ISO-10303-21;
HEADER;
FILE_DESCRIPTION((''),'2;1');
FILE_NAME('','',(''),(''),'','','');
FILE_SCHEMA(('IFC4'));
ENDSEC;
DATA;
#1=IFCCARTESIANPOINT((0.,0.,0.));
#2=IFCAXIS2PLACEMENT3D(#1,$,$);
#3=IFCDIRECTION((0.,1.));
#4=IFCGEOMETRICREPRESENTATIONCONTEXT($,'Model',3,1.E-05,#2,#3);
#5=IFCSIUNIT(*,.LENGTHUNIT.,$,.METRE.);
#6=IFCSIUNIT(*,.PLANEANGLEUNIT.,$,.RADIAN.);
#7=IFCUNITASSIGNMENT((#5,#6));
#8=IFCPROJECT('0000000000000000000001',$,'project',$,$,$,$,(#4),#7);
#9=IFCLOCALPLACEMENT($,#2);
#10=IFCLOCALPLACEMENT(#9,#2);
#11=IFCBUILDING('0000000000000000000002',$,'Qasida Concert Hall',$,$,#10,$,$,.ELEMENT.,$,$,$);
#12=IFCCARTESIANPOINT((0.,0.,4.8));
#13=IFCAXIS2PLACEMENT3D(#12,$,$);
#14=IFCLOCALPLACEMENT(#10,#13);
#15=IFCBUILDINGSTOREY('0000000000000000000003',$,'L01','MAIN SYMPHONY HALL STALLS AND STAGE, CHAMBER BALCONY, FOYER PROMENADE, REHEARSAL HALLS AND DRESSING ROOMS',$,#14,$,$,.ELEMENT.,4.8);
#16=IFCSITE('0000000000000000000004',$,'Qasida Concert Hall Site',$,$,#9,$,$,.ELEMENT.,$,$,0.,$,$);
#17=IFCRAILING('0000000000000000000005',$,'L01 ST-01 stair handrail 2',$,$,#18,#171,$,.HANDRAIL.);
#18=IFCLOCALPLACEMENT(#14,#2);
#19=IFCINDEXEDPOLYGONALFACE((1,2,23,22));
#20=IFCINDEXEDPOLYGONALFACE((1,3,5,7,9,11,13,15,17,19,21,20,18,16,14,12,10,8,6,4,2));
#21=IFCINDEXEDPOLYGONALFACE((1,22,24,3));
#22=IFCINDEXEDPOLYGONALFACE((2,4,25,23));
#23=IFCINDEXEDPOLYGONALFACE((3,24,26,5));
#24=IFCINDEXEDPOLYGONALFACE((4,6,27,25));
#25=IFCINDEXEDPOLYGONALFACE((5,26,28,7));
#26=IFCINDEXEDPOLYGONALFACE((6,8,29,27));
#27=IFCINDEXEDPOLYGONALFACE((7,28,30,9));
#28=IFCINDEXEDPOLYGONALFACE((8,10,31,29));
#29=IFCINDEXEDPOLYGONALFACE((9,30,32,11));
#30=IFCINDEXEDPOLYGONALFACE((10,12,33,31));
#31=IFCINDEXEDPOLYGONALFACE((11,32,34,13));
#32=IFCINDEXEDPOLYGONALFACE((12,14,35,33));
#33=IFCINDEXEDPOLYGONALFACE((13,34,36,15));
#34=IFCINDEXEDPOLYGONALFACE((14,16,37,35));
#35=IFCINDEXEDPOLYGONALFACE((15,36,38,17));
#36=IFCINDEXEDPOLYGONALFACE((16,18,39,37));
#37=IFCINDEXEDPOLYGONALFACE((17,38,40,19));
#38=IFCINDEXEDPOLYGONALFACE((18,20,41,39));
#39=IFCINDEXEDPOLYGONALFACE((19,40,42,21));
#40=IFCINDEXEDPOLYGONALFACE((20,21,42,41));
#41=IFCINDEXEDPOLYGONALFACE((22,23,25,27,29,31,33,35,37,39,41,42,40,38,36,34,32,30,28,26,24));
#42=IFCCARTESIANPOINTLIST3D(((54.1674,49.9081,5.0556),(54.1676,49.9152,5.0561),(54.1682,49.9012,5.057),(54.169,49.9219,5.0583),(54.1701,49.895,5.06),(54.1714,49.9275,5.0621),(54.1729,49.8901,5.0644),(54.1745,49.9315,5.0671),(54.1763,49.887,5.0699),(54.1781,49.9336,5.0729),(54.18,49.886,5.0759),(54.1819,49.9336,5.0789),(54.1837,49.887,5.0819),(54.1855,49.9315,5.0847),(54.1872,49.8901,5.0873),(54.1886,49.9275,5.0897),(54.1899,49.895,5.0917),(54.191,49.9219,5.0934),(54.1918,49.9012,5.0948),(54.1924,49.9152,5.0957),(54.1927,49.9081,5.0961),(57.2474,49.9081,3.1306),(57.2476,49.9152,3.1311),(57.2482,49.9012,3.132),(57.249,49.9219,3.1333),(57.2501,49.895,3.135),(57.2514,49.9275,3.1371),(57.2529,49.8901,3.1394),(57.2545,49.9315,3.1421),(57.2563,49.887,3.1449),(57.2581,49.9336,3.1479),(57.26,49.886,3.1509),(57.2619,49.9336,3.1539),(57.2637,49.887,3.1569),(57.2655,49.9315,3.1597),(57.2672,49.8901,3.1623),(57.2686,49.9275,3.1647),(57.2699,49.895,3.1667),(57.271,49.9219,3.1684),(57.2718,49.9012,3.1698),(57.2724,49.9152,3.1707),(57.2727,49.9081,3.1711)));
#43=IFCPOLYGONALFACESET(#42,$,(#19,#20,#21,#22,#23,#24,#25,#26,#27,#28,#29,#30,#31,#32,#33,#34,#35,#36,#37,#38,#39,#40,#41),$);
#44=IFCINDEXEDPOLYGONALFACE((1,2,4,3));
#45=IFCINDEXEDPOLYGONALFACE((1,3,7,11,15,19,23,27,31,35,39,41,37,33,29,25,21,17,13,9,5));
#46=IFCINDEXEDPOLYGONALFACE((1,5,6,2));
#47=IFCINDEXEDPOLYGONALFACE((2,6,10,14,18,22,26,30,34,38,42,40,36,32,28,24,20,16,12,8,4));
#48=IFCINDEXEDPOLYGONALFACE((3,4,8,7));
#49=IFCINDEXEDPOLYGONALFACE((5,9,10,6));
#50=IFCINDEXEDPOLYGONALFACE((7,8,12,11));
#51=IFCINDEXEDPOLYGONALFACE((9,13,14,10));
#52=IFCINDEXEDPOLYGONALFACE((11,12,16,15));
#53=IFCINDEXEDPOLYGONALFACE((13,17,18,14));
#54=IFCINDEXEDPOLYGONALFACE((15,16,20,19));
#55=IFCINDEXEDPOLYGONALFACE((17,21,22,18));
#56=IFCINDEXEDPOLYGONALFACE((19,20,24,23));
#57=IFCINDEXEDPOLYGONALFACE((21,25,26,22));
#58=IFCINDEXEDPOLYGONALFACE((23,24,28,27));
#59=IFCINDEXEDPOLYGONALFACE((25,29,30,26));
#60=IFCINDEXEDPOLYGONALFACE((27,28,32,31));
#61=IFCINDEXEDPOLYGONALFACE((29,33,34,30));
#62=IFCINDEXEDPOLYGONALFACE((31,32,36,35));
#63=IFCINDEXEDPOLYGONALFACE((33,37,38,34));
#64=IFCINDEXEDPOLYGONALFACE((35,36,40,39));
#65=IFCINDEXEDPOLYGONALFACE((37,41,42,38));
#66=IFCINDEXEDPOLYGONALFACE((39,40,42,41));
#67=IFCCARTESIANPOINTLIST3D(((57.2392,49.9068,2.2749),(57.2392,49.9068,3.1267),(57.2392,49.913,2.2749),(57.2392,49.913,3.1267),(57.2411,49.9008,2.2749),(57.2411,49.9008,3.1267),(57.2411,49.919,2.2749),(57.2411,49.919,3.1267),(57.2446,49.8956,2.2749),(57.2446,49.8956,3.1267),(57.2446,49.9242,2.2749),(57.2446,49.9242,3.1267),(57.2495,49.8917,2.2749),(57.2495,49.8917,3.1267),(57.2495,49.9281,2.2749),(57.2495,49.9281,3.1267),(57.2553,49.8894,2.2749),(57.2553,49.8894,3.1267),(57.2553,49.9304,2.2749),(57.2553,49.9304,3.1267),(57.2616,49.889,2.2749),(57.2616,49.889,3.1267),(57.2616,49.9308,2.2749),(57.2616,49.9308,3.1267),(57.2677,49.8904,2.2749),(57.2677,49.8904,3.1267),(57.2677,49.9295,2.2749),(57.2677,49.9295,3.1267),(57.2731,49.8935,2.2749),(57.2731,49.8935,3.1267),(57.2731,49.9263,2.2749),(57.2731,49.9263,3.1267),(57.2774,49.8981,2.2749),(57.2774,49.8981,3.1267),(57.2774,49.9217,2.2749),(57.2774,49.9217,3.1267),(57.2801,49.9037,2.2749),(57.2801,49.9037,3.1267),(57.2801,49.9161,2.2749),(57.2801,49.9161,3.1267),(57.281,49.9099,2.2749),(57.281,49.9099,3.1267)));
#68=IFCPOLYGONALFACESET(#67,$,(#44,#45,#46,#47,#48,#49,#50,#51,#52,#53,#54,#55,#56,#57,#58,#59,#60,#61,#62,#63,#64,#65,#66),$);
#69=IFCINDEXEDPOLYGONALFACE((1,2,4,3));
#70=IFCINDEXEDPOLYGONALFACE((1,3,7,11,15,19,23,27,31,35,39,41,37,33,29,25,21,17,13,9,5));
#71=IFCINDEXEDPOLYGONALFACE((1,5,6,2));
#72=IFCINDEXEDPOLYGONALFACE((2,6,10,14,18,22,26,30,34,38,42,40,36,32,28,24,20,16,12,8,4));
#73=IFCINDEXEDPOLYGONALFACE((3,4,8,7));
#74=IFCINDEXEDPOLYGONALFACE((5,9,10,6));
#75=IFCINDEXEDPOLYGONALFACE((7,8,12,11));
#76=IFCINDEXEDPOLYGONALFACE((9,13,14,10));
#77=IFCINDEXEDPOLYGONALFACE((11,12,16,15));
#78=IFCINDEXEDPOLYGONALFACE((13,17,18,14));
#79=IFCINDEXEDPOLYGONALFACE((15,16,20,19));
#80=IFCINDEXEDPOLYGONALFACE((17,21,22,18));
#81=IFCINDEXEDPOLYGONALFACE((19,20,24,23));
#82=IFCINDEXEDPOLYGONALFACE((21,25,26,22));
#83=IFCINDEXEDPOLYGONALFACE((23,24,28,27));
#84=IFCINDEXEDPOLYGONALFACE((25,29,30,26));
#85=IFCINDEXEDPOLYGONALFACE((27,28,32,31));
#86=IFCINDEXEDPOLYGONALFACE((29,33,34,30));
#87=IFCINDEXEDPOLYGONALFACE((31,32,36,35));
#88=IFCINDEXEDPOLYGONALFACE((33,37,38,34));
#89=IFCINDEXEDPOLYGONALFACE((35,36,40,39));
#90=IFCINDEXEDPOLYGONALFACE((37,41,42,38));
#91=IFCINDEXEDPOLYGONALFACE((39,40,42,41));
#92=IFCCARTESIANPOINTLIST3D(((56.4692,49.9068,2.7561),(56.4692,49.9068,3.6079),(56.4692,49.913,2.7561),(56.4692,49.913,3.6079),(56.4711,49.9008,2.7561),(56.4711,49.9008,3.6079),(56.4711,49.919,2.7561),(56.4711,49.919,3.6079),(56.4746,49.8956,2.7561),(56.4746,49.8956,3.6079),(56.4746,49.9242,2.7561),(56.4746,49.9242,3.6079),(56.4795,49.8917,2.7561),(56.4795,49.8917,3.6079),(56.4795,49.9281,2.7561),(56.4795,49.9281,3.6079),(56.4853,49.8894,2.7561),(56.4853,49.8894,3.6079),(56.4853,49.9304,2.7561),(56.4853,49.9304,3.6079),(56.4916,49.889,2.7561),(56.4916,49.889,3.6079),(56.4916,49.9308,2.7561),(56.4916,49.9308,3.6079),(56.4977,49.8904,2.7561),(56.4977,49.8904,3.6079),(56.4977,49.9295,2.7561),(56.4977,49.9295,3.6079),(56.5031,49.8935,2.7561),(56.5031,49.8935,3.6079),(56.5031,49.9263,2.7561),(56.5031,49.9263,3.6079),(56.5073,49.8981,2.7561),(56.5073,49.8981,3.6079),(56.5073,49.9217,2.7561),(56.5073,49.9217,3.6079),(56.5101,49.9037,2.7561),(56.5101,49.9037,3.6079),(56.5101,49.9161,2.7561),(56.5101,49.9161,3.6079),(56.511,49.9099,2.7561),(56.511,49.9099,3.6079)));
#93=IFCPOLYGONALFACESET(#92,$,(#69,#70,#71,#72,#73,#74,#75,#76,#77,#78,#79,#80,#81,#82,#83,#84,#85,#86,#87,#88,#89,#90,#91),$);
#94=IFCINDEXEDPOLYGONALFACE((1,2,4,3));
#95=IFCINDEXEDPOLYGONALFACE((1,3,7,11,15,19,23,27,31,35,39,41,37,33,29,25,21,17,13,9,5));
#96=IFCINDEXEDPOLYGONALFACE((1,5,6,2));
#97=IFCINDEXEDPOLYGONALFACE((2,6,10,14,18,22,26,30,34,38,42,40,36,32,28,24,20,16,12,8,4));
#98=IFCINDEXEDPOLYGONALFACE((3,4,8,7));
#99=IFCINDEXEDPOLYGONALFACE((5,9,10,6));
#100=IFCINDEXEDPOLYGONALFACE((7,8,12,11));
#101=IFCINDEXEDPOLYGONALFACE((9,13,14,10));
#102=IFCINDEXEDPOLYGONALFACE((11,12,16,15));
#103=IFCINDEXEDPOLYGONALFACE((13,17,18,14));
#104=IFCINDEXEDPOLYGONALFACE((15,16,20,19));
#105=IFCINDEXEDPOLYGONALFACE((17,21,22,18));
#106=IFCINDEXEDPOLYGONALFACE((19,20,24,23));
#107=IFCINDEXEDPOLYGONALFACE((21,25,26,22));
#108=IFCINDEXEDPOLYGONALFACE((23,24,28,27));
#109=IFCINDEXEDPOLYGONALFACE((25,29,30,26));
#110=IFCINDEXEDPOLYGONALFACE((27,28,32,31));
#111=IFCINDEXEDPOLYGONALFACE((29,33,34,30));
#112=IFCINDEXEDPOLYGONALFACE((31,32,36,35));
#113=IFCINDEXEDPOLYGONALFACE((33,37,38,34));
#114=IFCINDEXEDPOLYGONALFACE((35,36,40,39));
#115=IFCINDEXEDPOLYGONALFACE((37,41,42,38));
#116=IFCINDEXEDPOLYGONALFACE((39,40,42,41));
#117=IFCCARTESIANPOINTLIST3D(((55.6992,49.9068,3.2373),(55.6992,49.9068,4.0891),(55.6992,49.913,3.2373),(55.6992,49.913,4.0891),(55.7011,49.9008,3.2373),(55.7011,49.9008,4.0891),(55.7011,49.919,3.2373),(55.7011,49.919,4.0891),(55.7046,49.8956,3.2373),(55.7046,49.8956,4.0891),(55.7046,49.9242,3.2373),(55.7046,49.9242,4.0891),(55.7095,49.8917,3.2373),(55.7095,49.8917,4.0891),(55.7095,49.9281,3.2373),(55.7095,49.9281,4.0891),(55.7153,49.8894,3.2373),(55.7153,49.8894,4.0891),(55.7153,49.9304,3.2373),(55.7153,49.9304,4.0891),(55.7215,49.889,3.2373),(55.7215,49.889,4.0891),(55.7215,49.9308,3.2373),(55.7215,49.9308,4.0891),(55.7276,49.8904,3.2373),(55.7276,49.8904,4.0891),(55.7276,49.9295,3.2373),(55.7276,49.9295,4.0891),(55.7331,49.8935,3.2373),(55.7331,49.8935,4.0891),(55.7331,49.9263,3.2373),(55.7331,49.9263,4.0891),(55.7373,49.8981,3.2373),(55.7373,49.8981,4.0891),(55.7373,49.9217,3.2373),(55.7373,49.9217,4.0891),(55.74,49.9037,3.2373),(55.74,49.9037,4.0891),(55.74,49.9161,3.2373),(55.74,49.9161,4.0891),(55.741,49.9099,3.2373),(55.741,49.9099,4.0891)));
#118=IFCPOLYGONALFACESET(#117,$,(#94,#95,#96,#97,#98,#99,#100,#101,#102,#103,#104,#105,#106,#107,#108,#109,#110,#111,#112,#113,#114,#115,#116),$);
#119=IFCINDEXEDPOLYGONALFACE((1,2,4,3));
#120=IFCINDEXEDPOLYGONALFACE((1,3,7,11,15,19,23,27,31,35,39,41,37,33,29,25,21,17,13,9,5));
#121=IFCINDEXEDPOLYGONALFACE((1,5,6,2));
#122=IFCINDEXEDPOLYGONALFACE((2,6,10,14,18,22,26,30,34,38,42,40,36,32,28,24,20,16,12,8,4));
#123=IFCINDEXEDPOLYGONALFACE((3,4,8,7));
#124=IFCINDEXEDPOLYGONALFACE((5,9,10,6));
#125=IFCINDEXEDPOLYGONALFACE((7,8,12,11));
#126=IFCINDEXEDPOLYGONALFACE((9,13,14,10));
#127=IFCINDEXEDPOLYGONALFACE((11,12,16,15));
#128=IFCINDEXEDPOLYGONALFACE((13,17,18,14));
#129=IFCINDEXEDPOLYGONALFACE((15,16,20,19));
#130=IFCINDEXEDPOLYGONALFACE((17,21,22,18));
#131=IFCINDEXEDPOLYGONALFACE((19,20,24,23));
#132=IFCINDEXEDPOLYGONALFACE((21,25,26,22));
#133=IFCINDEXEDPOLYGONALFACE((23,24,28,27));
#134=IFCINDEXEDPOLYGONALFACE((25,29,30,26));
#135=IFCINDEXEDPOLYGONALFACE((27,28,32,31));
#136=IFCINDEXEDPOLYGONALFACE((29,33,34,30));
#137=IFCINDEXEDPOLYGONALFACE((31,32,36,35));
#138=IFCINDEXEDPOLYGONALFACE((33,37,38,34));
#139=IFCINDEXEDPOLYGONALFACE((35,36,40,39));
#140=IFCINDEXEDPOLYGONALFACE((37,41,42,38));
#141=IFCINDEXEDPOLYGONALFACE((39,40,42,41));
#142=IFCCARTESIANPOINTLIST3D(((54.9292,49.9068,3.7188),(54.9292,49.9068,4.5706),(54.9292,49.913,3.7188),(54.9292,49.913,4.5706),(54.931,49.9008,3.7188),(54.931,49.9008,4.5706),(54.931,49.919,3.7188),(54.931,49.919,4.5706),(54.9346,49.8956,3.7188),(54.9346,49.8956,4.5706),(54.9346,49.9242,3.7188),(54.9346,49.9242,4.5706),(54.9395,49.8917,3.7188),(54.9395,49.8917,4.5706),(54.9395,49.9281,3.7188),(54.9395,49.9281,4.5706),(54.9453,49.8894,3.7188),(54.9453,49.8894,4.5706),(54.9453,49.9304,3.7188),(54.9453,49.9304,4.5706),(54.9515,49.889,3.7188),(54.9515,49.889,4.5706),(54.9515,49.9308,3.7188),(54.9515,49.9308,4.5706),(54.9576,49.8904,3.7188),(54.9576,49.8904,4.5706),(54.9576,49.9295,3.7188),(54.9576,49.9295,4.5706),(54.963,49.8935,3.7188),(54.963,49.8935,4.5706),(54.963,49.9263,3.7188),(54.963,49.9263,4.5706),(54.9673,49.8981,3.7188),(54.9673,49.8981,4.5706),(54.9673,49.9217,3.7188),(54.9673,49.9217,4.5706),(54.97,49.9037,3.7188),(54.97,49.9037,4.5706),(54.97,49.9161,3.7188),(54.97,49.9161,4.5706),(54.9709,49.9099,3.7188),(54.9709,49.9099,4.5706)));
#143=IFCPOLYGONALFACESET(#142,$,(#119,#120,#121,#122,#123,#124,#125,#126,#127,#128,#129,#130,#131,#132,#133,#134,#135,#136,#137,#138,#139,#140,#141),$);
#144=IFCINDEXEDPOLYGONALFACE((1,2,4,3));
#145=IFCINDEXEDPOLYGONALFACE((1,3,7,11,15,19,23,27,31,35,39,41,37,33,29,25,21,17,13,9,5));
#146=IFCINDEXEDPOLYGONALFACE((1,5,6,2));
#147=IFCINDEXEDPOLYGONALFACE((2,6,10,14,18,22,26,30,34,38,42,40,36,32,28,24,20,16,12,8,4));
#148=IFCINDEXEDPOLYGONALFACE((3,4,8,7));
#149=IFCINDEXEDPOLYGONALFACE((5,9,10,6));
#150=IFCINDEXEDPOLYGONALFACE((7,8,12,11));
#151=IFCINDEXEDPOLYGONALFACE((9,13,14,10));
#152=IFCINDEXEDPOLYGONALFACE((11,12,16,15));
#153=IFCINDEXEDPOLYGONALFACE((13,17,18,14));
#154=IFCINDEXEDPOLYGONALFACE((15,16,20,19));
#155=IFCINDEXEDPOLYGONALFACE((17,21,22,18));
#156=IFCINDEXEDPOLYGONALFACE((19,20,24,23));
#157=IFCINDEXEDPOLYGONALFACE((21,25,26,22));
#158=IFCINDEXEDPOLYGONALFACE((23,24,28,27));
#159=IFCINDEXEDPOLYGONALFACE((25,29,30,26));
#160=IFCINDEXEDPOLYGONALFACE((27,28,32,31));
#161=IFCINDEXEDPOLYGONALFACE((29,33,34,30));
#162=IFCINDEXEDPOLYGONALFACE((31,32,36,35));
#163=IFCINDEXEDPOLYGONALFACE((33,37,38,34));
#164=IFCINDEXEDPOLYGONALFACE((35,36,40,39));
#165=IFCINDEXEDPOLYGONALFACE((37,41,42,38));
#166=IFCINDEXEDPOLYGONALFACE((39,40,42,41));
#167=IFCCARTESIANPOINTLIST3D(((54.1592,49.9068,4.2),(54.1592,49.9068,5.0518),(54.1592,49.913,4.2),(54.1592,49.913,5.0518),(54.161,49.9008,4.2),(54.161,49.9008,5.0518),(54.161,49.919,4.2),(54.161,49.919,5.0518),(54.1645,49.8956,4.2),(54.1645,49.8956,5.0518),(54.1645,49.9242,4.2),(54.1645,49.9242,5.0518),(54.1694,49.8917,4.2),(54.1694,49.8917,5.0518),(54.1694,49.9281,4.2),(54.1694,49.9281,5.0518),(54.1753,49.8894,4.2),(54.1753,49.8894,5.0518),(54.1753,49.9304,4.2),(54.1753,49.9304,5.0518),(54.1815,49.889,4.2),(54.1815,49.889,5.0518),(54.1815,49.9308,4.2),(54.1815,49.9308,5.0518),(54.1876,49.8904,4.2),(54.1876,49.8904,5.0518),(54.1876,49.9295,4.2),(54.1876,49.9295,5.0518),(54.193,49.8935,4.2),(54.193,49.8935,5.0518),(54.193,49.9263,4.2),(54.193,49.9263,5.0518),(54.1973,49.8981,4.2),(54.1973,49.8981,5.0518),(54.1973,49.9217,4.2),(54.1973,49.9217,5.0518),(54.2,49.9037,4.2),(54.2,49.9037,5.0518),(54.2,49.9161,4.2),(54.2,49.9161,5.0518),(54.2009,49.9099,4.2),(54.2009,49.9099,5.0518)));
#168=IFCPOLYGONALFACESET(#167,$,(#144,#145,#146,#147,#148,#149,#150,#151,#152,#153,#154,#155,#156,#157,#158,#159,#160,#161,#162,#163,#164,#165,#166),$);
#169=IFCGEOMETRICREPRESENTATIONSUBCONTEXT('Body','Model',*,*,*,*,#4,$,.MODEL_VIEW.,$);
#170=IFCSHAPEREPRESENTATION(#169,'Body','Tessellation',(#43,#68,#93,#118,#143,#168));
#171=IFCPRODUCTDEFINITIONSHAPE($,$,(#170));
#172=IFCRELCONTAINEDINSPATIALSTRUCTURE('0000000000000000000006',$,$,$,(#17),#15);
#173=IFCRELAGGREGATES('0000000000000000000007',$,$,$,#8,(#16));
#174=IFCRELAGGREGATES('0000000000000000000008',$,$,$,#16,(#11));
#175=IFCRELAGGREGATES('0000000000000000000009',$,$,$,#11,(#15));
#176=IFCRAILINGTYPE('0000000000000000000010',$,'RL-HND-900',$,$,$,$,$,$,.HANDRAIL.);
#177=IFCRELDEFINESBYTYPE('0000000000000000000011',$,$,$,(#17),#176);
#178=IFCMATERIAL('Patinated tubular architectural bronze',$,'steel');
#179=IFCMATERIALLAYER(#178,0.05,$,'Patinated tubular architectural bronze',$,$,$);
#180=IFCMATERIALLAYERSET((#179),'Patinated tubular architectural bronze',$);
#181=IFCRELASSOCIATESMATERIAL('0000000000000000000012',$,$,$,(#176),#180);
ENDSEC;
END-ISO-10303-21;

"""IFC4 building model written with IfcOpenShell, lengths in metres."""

from ifc_helpers import new_model, si_unit, direction, frame, origin, origin_2d, place, context, subcontext, project, spatial, circle, extrude, material, layer, layer_set, type_object, element, save


model = new_model("IFC4")

# Units and contexts
model_context = context("Model", 3, precision=1e-05, world=origin(), true_north=direction((0.0, 1.0)))
body_context = subcontext(model_context, "Body", "Model", "MODEL_VIEW")
ifc_project = project(units=[si_unit("LENGTHUNIT", "METRE"), si_unit("PLANEANGLEUNIT", "RADIAN")], contexts=[model_context])

# Site, building, storey
site_placement = place(None, origin())
site = spatial("IfcSite", under=ifc_project, at=site_placement, Name="Qasida Concert Hall Site", CompositionType="ELEMENT", RefElevation=0.0)
building_placement = place(site_placement, origin())
building = spatial("IfcBuilding", under=site, at=building_placement, Name="Qasida Concert Hall", CompositionType="ELEMENT")
storey_placement = place(building_placement, frame((0.0, 0.0, 4.8)))
storey = spatial("IfcBuildingStorey", under=building, at=storey_placement, Name="L01", Description="MAIN SYMPHONY HALL STALLS AND STAGE, CHAMBER BALCONY, FOYER PROMENADE, REHEARSAL HALLS AND DRESSING ROOMS", CompositionType="ELEMENT", Elevation=4.8)

# Railing
ifc_material_1 = material(Name="Patinated tubular architectural bronze", Category="steel")
ifc_layer_1 = layer(ifc_material_1, 0.05, Name="Patinated tubular architectural bronze")
ifc_layer_set_1 = layer_set([ifc_layer_1], Name="Patinated tubular architectural bronze")
railing_type_1 = type_object("IfcRailingType", Name="RL-HND-900", PredefinedType="HANDRAIL", material=ifc_layer_set_1)
for number, where, name in (
    (1, (57.26, 49.9099, 2.2749), "L01 ST-01 stair handrail 2"),
):
    element("IfcRailing", number, at=place(storey_placement, frame(where)), inside=storey, type_object=railing_type_1, Name=name, PredefinedType="HANDRAIL", context=body_context, shape_type="SweptSolid", body=[
        extrude(circle(Radius=0.0239, at=origin_2d()), frame((0.0, 0.0, 0.876), z_axis=(-0.847998, 0.0, 0.529999), x_axis=(0.0, -1.0, 0.0)), (0.0, 0.0, 1.0), 3.6321),
        extrude(circle(Radius=0.021, at=origin_2d()), origin(), (0.0, 0.0, 1.0), 0.8518),
        extrude(circle(Radius=0.021, at=origin_2d()), frame((-0.77, 0.0, 0.4812)), (0.0, 0.0, 1.0), 0.8518),
        extrude(circle(Radius=0.021, at=origin_2d()), frame((-1.54, 0.0, 0.9624)), (0.0, 0.0, 1.0), 0.8518),
        extrude(circle(Radius=0.021, at=origin_2d()), frame((-2.3101, 0.0, 1.4438)), (0.0, 0.0, 1.0), 0.8518),
        extrude(circle(Radius=0.021, at=origin_2d()), frame((-3.0801, 0.0, 1.925)), (0.0, 0.0, 1.0), 0.8518),
    ])

save(model, "model.ifc")
